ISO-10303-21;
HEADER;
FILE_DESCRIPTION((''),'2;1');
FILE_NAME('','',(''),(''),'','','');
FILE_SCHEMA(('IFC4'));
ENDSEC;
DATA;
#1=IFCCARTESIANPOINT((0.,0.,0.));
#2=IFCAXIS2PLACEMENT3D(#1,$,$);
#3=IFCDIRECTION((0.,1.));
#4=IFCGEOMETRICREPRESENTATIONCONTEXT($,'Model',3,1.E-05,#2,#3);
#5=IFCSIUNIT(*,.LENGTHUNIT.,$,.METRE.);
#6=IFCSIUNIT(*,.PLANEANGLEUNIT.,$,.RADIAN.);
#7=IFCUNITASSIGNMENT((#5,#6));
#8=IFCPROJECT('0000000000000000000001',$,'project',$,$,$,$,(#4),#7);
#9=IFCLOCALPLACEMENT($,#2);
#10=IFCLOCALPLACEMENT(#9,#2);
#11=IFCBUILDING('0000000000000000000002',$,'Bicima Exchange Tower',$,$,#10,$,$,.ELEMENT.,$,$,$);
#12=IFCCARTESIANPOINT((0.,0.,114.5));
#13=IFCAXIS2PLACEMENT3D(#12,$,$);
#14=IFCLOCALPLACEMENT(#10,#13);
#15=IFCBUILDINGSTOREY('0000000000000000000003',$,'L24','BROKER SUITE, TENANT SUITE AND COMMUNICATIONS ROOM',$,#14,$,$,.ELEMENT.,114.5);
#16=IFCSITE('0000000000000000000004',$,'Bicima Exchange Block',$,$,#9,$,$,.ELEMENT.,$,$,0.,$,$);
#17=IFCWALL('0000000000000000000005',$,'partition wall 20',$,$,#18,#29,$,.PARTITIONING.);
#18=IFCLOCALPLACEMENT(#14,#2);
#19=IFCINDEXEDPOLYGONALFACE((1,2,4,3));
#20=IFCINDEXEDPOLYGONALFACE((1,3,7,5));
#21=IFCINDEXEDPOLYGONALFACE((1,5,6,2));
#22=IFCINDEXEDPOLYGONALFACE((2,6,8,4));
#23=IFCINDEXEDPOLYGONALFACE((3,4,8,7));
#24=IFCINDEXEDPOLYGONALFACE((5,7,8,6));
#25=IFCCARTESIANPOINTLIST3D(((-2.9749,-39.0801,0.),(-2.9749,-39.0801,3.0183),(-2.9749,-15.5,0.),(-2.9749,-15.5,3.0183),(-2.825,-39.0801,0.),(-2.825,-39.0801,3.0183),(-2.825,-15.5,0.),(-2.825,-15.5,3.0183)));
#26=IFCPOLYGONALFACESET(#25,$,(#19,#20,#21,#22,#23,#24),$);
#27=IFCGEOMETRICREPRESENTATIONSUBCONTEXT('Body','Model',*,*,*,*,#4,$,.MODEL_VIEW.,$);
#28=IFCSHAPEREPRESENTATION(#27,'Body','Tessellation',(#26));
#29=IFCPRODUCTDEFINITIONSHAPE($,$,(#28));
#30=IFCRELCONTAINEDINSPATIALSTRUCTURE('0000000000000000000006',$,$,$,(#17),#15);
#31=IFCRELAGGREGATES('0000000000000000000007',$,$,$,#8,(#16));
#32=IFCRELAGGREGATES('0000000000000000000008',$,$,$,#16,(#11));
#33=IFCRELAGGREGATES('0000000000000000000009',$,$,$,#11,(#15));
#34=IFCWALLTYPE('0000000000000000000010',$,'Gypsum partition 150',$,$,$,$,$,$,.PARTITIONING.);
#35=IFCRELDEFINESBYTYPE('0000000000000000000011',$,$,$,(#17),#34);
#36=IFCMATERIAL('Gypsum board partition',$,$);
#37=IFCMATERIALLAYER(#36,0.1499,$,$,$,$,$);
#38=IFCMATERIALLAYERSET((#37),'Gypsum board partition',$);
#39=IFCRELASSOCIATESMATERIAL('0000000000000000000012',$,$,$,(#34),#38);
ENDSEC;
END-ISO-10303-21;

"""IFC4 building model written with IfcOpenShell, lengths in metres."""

from ifc_helpers import new_model, si_unit, direction, frame, frame_2d, origin, place, context, subcontext, project, spatial, rectangle, extrude, material, layer, layer_set, type_object, element, save


model = new_model("IFC4")

# Units and contexts
model_context = context("Model", 3, precision=1e-05, world=origin(), true_north=direction((0.0, 1.0)))
body_context = subcontext(model_context, "Body", "Model", "MODEL_VIEW")
ifc_project = project(units=[si_unit("LENGTHUNIT", "METRE"), si_unit("PLANEANGLEUNIT", "RADIAN")], contexts=[model_context])

# Site, building, storey
site_placement = place(None, origin())
site = spatial("IfcSite", under=ifc_project, at=site_placement, Name="Bicima Exchange Block", CompositionType="ELEMENT", RefElevation=0.0)
building_placement = place(site_placement, origin())
building = spatial("IfcBuilding", under=site, at=building_placement, Name="Bicima Exchange Tower", CompositionType="ELEMENT")
storey_placement = place(building_placement, frame((0.0, 0.0, 114.5)))
storey = spatial("IfcBuildingStorey", under=building, at=storey_placement, Name="L24", Description="BROKER SUITE, TENANT SUITE AND COMMUNICATIONS ROOM", CompositionType="ELEMENT", Elevation=114.5)

# Wall
ifc_material_1 = material(Name="Gypsum board partition")
ifc_layer_1 = layer(ifc_material_1, 0.1499)
ifc_layer_set_1 = layer_set([ifc_layer_1], Name="Gypsum board partition")
wall_type = type_object("IfcWallType", Name="Gypsum partition 150", PredefinedType="PARTITIONING", material=ifc_layer_set_1)
wall_placement = place(storey_placement, frame((-2.8999, -39.0801, 0.0), z_axis=(0.0, 0.0, 1.0), x_axis=(0.0, 1.0, 0.0)))
element("IfcWall", 1, at=wall_placement, inside=storey, type_object=wall_type, Name="partition wall 20", PredefinedType="PARTITIONING", context=body_context, shape_type="SweptSolid", body=[
    extrude(rectangle(XDim=23.5801, YDim=0.1499, at=frame_2d((11.79, 0.0))), origin(), (0.0, 0.0, 1.0), 3.0183),
])

save(model, "model.ifc")
